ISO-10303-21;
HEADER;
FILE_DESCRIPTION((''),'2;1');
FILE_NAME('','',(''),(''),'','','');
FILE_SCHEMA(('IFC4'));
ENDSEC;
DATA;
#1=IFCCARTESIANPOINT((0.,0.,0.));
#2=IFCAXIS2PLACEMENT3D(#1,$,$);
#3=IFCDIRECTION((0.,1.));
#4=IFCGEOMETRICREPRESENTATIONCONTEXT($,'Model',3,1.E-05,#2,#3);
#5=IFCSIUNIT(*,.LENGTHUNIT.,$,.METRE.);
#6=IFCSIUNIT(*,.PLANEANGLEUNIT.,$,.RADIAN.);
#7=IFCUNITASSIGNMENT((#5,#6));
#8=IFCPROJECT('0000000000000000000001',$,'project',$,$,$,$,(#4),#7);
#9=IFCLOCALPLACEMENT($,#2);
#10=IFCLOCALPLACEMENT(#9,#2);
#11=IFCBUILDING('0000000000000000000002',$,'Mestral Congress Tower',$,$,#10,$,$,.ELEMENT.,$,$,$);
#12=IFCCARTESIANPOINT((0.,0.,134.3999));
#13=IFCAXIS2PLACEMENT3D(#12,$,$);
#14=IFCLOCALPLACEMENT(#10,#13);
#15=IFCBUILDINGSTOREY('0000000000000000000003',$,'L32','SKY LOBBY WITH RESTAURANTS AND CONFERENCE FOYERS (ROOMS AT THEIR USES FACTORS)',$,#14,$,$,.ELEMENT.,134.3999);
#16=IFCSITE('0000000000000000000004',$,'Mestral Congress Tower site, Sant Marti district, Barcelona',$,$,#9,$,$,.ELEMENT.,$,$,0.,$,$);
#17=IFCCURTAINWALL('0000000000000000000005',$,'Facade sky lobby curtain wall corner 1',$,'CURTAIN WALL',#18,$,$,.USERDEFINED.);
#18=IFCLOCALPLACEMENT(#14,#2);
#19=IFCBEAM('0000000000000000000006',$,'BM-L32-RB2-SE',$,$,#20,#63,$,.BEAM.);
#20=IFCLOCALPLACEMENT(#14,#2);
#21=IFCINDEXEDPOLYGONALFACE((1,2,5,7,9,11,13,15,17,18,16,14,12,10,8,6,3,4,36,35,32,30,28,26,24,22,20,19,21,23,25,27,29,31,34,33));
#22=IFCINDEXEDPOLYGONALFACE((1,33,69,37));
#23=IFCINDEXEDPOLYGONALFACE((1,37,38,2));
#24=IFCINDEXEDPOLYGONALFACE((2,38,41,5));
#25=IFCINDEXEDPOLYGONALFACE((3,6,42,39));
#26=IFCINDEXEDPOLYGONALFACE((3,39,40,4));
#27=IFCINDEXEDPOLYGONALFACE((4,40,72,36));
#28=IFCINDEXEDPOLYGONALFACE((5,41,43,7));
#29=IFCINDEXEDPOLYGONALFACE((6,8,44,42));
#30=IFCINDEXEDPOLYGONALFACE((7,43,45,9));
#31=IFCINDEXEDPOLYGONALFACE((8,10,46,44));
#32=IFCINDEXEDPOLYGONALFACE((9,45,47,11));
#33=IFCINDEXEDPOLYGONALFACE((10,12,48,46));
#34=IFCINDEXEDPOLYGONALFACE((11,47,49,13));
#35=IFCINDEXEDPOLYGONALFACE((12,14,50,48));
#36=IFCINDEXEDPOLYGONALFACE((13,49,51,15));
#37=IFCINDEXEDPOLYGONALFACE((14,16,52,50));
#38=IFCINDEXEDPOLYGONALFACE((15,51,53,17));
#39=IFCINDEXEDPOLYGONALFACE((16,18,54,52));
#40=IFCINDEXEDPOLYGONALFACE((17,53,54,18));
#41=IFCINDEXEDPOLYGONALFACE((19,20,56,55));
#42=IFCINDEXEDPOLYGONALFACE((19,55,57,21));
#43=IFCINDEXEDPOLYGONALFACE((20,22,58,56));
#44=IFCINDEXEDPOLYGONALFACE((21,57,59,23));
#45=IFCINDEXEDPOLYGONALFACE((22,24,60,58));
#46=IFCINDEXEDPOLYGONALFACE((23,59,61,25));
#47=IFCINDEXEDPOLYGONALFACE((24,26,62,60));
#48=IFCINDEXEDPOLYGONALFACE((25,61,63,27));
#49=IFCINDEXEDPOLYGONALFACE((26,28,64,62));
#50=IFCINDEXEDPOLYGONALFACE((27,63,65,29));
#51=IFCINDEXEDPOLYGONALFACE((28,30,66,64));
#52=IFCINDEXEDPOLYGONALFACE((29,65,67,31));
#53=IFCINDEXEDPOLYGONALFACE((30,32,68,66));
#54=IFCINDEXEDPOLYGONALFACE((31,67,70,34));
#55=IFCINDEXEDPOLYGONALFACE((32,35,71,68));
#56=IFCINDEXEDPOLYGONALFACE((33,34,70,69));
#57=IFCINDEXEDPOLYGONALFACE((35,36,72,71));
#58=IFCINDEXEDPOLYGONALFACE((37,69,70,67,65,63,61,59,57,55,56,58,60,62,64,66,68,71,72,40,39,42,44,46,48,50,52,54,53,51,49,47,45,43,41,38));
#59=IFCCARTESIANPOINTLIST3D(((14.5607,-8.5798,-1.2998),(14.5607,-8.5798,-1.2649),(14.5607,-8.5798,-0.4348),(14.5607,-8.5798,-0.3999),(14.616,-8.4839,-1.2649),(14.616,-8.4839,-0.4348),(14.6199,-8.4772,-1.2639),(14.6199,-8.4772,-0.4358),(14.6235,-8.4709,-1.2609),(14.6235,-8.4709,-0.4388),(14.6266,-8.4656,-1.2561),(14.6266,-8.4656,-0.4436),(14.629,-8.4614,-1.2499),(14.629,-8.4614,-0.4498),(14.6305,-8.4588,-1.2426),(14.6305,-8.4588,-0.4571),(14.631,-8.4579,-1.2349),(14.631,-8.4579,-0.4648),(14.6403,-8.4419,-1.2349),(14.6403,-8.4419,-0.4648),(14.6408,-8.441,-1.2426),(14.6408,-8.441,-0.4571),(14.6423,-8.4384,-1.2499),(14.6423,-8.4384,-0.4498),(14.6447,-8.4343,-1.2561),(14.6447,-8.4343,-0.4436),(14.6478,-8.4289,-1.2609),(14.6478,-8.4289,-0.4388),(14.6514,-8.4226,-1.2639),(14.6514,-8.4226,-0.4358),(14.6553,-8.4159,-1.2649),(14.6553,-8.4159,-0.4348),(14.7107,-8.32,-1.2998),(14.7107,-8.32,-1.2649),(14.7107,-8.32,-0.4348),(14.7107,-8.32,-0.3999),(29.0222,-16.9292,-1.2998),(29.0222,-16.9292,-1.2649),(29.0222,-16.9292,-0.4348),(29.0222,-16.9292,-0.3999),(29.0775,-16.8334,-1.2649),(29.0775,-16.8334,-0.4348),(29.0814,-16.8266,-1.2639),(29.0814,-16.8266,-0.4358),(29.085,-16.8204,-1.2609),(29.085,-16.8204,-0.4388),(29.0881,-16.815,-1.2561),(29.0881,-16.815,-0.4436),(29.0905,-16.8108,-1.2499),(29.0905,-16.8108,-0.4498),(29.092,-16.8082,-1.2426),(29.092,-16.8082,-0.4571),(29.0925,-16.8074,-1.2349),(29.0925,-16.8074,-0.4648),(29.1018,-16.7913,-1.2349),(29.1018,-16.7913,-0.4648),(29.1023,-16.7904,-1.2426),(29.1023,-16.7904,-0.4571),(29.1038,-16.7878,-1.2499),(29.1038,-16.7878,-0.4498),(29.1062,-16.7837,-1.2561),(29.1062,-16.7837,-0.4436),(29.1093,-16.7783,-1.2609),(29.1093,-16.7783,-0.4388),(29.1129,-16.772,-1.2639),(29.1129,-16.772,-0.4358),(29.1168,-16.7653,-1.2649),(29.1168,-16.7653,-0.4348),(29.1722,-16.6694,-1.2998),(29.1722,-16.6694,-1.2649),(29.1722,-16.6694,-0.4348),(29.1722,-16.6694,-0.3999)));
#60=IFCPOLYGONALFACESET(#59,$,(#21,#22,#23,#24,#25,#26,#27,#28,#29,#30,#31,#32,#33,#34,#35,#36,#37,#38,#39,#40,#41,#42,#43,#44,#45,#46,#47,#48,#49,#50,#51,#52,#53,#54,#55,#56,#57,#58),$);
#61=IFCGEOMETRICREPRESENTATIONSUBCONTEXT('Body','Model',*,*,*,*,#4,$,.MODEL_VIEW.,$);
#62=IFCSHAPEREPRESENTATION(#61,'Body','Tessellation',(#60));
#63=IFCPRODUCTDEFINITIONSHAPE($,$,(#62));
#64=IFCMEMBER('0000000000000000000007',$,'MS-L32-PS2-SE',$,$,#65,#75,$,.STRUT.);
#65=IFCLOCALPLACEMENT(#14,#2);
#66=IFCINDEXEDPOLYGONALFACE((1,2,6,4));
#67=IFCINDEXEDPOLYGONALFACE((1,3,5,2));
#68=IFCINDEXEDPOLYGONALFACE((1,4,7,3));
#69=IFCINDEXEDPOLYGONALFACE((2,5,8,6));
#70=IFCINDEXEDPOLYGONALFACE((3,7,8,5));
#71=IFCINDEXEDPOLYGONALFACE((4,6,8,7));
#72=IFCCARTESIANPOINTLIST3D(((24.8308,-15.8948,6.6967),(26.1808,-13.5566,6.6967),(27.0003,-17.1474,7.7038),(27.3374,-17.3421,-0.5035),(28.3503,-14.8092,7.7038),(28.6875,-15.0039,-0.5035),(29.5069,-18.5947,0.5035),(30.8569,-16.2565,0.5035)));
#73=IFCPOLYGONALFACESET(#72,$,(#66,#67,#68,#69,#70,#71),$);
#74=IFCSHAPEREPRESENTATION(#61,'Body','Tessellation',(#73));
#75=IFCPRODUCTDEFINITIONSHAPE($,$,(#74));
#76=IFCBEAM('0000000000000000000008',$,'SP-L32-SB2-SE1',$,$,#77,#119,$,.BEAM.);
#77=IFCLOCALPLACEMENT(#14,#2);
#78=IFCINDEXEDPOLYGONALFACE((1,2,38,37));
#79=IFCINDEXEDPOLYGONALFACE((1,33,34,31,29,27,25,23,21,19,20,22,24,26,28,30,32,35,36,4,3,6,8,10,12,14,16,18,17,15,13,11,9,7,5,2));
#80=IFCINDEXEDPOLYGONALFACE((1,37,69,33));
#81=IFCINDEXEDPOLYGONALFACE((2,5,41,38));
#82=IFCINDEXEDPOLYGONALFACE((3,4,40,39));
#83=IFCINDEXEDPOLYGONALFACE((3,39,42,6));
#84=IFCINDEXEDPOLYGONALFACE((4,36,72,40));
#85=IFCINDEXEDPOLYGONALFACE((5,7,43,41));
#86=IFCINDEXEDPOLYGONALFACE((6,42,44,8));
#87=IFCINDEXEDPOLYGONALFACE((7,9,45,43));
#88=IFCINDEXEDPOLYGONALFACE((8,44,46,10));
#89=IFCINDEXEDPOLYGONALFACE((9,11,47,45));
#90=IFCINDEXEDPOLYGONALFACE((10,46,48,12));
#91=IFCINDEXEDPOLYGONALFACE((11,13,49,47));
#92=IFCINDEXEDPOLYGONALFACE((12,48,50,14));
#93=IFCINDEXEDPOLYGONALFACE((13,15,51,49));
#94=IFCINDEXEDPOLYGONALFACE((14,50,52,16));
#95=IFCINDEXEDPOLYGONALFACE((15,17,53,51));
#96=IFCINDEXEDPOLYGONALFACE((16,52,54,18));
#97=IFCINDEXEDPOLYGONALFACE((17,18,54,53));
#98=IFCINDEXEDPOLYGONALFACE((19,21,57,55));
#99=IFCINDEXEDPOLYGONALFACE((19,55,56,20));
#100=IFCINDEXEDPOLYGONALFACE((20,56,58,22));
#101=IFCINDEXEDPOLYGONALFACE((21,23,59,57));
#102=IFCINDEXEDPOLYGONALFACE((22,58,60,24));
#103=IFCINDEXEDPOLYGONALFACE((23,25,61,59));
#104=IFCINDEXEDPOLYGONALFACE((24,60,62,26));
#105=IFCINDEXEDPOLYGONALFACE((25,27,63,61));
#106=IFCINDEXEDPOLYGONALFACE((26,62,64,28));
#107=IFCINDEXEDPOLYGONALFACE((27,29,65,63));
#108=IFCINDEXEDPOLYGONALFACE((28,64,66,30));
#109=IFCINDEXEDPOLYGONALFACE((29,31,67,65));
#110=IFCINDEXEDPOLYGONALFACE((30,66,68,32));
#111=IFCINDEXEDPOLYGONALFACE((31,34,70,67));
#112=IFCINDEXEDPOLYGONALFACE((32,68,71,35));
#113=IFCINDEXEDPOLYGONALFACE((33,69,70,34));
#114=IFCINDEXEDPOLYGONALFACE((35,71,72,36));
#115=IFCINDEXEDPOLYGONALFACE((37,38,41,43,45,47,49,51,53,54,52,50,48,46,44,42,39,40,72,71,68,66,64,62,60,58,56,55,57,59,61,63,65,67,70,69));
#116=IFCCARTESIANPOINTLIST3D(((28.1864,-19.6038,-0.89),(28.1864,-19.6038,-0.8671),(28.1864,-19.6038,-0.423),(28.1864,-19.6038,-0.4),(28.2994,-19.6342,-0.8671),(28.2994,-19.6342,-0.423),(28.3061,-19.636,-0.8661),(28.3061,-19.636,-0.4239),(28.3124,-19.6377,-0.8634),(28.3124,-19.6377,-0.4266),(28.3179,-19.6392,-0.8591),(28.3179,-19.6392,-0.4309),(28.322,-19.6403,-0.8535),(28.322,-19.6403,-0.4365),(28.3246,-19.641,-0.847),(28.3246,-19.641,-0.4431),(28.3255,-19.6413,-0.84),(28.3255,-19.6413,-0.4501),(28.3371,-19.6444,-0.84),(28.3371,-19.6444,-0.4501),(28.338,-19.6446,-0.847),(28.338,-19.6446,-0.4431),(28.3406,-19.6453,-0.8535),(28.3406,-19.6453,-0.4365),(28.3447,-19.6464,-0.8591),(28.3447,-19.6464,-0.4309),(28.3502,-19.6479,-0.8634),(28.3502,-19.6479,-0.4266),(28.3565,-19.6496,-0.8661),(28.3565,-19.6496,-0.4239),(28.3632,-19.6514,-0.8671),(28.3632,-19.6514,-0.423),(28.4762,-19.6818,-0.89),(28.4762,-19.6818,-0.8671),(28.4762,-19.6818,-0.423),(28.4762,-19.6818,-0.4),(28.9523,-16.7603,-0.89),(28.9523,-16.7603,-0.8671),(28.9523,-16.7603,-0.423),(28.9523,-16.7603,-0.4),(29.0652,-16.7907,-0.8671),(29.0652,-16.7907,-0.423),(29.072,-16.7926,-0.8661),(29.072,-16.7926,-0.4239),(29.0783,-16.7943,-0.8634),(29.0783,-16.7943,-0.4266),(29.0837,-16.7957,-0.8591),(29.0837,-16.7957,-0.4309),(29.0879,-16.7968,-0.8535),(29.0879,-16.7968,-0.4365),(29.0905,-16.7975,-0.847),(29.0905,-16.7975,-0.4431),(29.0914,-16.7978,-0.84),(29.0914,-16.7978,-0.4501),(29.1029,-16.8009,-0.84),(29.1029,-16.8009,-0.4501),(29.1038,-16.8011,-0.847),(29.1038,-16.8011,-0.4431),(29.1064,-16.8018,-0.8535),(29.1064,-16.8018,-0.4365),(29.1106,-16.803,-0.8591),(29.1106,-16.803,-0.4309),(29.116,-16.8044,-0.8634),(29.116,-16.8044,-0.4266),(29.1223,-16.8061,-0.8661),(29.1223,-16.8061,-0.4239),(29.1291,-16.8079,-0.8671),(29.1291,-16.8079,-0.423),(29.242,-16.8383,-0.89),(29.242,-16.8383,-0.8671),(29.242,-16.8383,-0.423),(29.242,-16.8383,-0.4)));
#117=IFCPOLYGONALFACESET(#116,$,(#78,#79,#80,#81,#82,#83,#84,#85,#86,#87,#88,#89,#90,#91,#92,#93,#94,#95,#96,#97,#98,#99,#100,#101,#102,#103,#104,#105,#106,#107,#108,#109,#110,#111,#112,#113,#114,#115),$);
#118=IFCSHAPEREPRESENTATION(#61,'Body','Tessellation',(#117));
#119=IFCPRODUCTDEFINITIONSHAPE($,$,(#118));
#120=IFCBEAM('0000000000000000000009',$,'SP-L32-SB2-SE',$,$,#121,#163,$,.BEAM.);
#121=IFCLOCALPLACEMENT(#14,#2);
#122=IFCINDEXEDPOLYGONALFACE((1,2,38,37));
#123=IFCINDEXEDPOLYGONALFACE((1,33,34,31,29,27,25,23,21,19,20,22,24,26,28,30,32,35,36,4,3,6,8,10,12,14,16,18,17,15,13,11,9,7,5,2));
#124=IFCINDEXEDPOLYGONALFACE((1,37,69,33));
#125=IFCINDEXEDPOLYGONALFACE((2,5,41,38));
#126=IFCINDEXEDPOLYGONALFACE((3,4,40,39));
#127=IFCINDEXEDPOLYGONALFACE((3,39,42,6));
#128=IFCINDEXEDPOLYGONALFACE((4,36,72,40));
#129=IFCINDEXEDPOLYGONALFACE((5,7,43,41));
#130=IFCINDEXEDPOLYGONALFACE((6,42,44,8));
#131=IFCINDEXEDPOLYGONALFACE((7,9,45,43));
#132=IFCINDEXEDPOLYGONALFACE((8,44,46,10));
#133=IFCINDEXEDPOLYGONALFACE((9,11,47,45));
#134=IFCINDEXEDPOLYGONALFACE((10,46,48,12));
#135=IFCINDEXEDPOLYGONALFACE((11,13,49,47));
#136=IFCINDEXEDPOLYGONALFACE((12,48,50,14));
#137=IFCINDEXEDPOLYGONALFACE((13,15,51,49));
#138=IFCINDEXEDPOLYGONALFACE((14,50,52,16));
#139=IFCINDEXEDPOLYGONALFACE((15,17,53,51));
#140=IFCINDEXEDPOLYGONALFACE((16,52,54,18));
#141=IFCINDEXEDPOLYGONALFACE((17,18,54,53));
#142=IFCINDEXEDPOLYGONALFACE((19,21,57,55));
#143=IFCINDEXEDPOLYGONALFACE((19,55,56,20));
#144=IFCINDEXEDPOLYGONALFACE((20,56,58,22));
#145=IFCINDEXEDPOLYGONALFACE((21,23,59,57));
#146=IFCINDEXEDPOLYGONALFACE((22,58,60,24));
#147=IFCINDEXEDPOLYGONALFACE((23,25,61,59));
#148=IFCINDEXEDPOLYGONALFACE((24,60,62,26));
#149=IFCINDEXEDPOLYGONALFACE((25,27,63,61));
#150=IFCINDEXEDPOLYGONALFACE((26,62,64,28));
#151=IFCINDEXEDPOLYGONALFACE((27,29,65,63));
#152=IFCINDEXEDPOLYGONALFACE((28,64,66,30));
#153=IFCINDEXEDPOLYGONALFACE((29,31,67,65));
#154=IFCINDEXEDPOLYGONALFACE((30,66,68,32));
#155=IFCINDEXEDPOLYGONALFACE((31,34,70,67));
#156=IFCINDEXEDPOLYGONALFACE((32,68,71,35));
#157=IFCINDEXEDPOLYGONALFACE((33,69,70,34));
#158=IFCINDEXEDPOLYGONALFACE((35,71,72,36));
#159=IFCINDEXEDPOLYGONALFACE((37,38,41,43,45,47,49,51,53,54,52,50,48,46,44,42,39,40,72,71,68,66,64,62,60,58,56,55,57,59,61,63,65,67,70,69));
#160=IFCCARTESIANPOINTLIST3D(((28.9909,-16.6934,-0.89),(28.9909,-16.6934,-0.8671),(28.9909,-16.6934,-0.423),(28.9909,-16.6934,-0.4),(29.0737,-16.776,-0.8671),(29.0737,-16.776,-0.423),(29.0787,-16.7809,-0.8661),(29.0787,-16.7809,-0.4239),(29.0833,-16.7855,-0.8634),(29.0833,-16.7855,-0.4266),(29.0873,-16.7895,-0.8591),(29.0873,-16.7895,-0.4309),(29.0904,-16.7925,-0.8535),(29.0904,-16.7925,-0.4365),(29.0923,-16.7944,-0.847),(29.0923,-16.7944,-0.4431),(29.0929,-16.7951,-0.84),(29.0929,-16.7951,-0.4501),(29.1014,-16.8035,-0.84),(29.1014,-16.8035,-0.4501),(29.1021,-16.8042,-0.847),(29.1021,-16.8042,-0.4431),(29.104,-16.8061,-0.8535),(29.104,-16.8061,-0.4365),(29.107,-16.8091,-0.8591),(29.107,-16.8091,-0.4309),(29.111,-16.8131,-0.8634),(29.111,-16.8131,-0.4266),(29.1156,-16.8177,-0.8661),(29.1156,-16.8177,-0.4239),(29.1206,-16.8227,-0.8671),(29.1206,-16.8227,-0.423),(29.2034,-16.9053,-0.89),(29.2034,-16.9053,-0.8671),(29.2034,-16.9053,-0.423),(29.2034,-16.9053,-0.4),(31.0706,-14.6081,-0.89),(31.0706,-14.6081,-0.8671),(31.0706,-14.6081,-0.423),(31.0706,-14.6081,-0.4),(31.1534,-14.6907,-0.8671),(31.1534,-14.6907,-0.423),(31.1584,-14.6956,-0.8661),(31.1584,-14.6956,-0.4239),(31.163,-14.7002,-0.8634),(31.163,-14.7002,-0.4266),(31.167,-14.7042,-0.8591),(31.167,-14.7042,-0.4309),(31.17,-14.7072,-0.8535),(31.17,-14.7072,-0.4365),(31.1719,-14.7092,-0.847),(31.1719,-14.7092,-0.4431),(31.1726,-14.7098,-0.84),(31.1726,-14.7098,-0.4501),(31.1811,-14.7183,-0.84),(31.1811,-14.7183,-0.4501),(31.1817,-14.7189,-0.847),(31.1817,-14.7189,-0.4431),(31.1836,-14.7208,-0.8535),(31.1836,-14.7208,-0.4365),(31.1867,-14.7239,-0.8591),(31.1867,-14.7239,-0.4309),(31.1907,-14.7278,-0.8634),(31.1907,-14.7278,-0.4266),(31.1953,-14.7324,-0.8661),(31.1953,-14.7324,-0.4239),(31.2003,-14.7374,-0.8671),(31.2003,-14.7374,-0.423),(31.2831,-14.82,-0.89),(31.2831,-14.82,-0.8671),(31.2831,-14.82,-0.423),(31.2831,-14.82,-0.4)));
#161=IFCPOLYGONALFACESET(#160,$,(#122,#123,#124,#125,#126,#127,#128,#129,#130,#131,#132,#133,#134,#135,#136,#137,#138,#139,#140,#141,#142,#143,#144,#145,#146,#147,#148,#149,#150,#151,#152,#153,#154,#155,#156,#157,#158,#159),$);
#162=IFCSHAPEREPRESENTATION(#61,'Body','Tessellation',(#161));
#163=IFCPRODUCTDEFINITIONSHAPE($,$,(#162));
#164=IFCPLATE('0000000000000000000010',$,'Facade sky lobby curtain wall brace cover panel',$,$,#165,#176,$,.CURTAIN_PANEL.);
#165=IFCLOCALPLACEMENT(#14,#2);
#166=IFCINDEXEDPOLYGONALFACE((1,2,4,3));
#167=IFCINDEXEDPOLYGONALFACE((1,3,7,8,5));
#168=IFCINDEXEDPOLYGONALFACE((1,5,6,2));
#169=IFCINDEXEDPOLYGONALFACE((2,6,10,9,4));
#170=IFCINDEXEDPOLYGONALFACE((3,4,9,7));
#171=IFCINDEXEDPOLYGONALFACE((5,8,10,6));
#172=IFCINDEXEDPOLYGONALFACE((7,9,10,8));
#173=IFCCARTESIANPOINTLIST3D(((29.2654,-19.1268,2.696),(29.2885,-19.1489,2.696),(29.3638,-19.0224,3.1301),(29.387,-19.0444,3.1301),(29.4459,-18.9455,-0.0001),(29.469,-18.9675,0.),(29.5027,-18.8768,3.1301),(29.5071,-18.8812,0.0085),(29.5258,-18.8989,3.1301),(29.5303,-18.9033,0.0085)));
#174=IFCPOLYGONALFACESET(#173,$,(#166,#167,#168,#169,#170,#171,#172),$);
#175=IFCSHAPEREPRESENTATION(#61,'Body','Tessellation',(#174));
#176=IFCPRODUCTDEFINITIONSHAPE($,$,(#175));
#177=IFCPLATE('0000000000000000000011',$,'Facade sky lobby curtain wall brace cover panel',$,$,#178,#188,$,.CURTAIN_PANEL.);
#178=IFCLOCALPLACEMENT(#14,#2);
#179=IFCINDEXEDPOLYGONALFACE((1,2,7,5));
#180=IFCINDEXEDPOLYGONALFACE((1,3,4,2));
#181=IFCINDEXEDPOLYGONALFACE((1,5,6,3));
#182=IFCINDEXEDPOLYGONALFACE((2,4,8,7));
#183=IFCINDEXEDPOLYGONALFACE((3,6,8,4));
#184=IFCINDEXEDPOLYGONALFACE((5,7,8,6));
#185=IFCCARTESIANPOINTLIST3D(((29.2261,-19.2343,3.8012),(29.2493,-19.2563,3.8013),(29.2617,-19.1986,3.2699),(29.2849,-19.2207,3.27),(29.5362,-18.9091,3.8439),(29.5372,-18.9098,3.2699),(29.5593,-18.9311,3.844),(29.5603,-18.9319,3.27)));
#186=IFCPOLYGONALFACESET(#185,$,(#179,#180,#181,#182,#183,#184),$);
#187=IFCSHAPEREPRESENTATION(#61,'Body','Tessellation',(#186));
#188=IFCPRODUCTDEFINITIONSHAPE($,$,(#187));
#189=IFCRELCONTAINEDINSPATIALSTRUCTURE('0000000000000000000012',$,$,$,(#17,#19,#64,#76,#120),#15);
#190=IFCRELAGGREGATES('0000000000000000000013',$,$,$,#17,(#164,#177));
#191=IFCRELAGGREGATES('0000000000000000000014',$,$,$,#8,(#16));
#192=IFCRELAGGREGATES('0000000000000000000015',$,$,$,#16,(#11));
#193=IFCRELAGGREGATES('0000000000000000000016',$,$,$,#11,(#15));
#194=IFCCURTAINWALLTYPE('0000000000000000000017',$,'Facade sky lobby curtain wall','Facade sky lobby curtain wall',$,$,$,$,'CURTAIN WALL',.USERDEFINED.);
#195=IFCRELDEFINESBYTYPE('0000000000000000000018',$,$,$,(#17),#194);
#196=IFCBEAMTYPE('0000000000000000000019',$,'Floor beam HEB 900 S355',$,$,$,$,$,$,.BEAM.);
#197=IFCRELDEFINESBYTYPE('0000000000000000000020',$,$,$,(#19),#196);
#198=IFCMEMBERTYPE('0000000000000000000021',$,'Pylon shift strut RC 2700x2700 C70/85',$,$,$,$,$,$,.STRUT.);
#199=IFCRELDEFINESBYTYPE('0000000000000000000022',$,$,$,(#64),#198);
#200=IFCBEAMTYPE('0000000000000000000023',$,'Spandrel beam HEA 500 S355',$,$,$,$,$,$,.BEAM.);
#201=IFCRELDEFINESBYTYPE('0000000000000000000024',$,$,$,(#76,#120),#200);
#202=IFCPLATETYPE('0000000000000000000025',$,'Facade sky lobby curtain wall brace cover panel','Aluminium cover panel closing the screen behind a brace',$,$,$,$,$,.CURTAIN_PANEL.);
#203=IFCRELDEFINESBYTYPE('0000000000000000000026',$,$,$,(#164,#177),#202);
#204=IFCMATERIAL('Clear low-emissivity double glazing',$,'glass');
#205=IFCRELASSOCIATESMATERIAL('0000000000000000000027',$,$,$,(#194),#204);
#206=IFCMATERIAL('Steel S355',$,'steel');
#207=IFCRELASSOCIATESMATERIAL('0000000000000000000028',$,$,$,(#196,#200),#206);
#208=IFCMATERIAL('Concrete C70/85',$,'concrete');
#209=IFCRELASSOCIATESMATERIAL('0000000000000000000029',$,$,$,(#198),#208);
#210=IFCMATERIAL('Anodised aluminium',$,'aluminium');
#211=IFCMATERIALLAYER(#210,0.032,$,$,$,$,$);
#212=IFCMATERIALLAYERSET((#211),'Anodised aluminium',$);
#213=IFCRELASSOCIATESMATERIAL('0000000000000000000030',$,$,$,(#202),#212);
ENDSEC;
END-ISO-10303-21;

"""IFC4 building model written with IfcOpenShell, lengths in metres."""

from ifc_helpers import new_model, si_unit, direction, frame, origin, origin_2d, place, context, subcontext, project, spatial, polyline, rectangle, i_section, outline, extrude, material, layer, layer_set, material_profile, profile_set, type_object, element, aggregate, save


model = new_model("IFC4")

# Units and contexts
model_context = context("Model", 3, precision=1e-05, world=origin(), true_north=direction((0.0, 1.0)))
body_context = subcontext(model_context, "Body", "Model", "MODEL_VIEW")
ifc_project = project(units=[si_unit("LENGTHUNIT", "METRE"), si_unit("PLANEANGLEUNIT", "RADIAN")], contexts=[model_context])

# Site, building, storey
site_placement = place(None, origin())
site = spatial("IfcSite", under=ifc_project, at=site_placement, Name="Mestral Congress Tower site, Sant Marti district, Barcelona", CompositionType="ELEMENT", RefElevation=0.0)
building_placement = place(site_placement, origin())
building = spatial("IfcBuilding", under=site, at=building_placement, Name="Mestral Congress Tower", CompositionType="ELEMENT")
storey_placement = place(building_placement, frame((0.0, 0.0, 134.3999)))
storey = spatial("IfcBuildingStorey", under=building, at=storey_placement, Name="L32", Description="SKY LOBBY WITH RESTAURANTS AND CONFERENCE FOYERS (ROOMS AT THEIR USES FACTORS)", CompositionType="ELEMENT", Elevation=134.3999)

# Shared definitions
ifc_material_1 = material(Name="Steel S355", Category="steel")

# Curtain wall
ifc_material_2 = material(Name="Clear low-emissivity double glazing", Category="glass")
curtain_wall_type = type_object("IfcCurtainWallType", Name="Facade sky lobby curtain wall", Description="Facade sky lobby curtain wall", ElementType="CURTAIN WALL", PredefinedType="USERDEFINED", material=ifc_material_2)
curtain_wall_placement = place(storey_placement, origin())
curtain_wall = element("IfcCurtainWall", 1, at=curtain_wall_placement, inside=storey, type_object=curtain_wall_type, Name="Facade sky lobby curtain wall corner 1", ObjectType="CURTAIN WALL", PredefinedType="USERDEFINED")
ifc_material_3 = material(Name="Anodised aluminium", Category="aluminium")

# Beam
ifc_material_profile_1 = material_profile(ifc_material_1, i_section(OverallWidth=0.3, OverallDepth=0.8999, WebThickness=0.0186, FlangeThickness=0.0349, FilletRadius=0.03, at=origin_2d()), Name="HEB 900")
ifc_profile_set_1 = profile_set([ifc_material_profile_1], Name="Steel S355")
beam_type_1 = type_object("IfcBeamType", Name="Floor beam HEB 900 S355", PredefinedType="BEAM", material=ifc_profile_set_1)
beam_1_placement = place(storey_placement, frame((29.0972, -16.7993, -0.8499), z_axis=(-0.866024, 0.500003, 0.0), x_axis=(-0.500003, -0.866024, 0.0)))
element("IfcBeam", 2, at=beam_1_placement, inside=storey, type_object=beam_type_1, Name="BM-L32-RB2-SE", PredefinedType="BEAM", context=body_context, shape_type="SweptSolid", body=[
    extrude(i_section(OverallWidth=0.3, OverallDepth=0.8999, WebThickness=0.0186, FlangeThickness=0.0349, FilletRadius=0.03, at=origin_2d()), origin(), (0.0, 0.0, 1.0), 16.6987),
])

# Member
ifc_material_4 = material(Name="Concrete C70/85", Category="concrete")
ifc_material_profile_2 = material_profile(ifc_material_4, rectangle(XDim=2.7, YDim=2.7, at=origin_2d()), Name="RC 2700x2700")
ifc_profile_set_2 = profile_set([ifc_material_profile_2], Name="Concrete C70/85")
member_type_1 = type_object("IfcMemberType", Name="Pylon shift strut RC 2700x2700 C70/85", PredefinedType="STRUT", material=ifc_profile_set_2)
member_1_placement = place(storey_placement, frame((29.0972, -16.7993, 0.0), z_axis=(-0.323007, 0.186499, 0.927839), x_axis=(-0.500022, -0.866013, 0.0)))
element("IfcMember", 3, at=member_1_placement, inside=storey, type_object=member_type_1, Name="MS-L32-PS2-SE", PredefinedType="STRUT", context=body_context, shape_type="SweptSolid", body=[
    extrude(rectangle(XDim=2.7, YDim=2.7, at=origin_2d()), origin(), (0.0, 0.0, 1.0), 7.7603),
])

# Beams
ifc_material_profile_3 = material_profile(ifc_material_1, i_section(OverallWidth=0.3, OverallDepth=0.49, WebThickness=0.012, FlangeThickness=0.0229, FilletRadius=0.0271, at=origin_2d()), Name="HEA 500")
ifc_profile_set_3 = profile_set([ifc_material_profile_3], Name="Steel S355")
beam_type_2 = type_object("IfcBeamType", Name="Spandrel beam HEA 500 S355", PredefinedType="BEAM", material=ifc_profile_set_3)
beam_2_placement = place(storey_placement, frame((28.3313, -19.6428, -0.645), z_axis=(0.260072, 0.965589, 0.0), x_axis=(-0.965589, 0.260072, 0.0)))
element("IfcBeam", 4, at=beam_2_placement, inside=storey, type_object=beam_type_2, Name="SP-L32-SB2-SE1", PredefinedType="BEAM", context=body_context, shape_type="SweptSolid", body=[
    extrude(i_section(OverallWidth=0.3, OverallDepth=0.49, WebThickness=0.012, FlangeThickness=0.0229, FilletRadius=0.0271, at=origin_2d()), origin(), (0.0, 0.0, 1.0), 2.9448),
])
beam_3_placement = place(storey_placement, frame((29.0972, -16.7993, -0.645), z_axis=(0.706153, 0.70806, 0.0), x_axis=(-0.70806, 0.706153, 0.0)))
element("IfcBeam", 5, at=beam_3_placement, inside=storey, type_object=beam_type_2, Name="SP-L32-SB2-SE", PredefinedType="BEAM", context=body_context, shape_type="SweptSolid", body=[
    extrude(i_section(OverallWidth=0.3, OverallDepth=0.49, WebThickness=0.012, FlangeThickness=0.0229, FilletRadius=0.0271, at=origin_2d()), origin(), (0.0, 0.0, 1.0), 2.9451),
])

# Plates
ifc_layer_1 = layer(ifc_material_3, 0.032)
ifc_layer_set_1 = layer_set([ifc_layer_1], Name="Anodised aluminium")
plate_type_1 = type_object("IfcPlateType", Name="Facade sky lobby curtain wall brace cover panel", Description="Aluminium cover panel closing the screen behind a brace", PredefinedType="CURTAIN_PANEL", material=ifc_layer_set_1)
plate_1_placement = place(storey_placement, frame((29.469, -18.9675, 0.0), z_axis=(0.723492, -0.69033, 0.002), x_axis=(-0.066643, -0.06696, 0.995528)))
plate_1 = element("IfcPlate", 6, at=plate_1_placement, type_object=plate_type_1, Name="Facade sky lobby curtain wall brace cover panel", PredefinedType="CURTAIN_PANEL", context=body_context, shape_type="SweptSolid", body=[
    extrude(outline(polyline([(0.0, 0.0), (2.7082, 0.0), (3.1267, -0.1839), (3.1077, -0.3842), (0.0001, -0.0892), (0.0, 0.0)])), origin(), (0.0, 0.0, -1.0), 0.032),
])
plate_2_placement = place(storey_placement, frame((29.5603, -18.9319, 3.27), z_axis=(0.723663, -0.69015, 0.002178), x_axis=(-0.690151, -0.723665, 0.0)))
plate_2 = element("IfcPlate", 7, at=plate_2_placement, type_object=plate_type_1, Name="Facade sky lobby curtain wall brace cover panel", PredefinedType="CURTAIN_PANEL", context=body_context, shape_type="SweptSolid", body=[
    extrude(outline(polyline([(0.0, 0.0), (0.3991, 0.0), (0.4495, -0.5313), (0.0001, -0.574), (0.0, 0.0)])), origin(), (0.0, 0.0, -1.0), 0.032),
])
aggregate(curtain_wall, [plate_1, plate_2])

save(model, "model.ifc")
